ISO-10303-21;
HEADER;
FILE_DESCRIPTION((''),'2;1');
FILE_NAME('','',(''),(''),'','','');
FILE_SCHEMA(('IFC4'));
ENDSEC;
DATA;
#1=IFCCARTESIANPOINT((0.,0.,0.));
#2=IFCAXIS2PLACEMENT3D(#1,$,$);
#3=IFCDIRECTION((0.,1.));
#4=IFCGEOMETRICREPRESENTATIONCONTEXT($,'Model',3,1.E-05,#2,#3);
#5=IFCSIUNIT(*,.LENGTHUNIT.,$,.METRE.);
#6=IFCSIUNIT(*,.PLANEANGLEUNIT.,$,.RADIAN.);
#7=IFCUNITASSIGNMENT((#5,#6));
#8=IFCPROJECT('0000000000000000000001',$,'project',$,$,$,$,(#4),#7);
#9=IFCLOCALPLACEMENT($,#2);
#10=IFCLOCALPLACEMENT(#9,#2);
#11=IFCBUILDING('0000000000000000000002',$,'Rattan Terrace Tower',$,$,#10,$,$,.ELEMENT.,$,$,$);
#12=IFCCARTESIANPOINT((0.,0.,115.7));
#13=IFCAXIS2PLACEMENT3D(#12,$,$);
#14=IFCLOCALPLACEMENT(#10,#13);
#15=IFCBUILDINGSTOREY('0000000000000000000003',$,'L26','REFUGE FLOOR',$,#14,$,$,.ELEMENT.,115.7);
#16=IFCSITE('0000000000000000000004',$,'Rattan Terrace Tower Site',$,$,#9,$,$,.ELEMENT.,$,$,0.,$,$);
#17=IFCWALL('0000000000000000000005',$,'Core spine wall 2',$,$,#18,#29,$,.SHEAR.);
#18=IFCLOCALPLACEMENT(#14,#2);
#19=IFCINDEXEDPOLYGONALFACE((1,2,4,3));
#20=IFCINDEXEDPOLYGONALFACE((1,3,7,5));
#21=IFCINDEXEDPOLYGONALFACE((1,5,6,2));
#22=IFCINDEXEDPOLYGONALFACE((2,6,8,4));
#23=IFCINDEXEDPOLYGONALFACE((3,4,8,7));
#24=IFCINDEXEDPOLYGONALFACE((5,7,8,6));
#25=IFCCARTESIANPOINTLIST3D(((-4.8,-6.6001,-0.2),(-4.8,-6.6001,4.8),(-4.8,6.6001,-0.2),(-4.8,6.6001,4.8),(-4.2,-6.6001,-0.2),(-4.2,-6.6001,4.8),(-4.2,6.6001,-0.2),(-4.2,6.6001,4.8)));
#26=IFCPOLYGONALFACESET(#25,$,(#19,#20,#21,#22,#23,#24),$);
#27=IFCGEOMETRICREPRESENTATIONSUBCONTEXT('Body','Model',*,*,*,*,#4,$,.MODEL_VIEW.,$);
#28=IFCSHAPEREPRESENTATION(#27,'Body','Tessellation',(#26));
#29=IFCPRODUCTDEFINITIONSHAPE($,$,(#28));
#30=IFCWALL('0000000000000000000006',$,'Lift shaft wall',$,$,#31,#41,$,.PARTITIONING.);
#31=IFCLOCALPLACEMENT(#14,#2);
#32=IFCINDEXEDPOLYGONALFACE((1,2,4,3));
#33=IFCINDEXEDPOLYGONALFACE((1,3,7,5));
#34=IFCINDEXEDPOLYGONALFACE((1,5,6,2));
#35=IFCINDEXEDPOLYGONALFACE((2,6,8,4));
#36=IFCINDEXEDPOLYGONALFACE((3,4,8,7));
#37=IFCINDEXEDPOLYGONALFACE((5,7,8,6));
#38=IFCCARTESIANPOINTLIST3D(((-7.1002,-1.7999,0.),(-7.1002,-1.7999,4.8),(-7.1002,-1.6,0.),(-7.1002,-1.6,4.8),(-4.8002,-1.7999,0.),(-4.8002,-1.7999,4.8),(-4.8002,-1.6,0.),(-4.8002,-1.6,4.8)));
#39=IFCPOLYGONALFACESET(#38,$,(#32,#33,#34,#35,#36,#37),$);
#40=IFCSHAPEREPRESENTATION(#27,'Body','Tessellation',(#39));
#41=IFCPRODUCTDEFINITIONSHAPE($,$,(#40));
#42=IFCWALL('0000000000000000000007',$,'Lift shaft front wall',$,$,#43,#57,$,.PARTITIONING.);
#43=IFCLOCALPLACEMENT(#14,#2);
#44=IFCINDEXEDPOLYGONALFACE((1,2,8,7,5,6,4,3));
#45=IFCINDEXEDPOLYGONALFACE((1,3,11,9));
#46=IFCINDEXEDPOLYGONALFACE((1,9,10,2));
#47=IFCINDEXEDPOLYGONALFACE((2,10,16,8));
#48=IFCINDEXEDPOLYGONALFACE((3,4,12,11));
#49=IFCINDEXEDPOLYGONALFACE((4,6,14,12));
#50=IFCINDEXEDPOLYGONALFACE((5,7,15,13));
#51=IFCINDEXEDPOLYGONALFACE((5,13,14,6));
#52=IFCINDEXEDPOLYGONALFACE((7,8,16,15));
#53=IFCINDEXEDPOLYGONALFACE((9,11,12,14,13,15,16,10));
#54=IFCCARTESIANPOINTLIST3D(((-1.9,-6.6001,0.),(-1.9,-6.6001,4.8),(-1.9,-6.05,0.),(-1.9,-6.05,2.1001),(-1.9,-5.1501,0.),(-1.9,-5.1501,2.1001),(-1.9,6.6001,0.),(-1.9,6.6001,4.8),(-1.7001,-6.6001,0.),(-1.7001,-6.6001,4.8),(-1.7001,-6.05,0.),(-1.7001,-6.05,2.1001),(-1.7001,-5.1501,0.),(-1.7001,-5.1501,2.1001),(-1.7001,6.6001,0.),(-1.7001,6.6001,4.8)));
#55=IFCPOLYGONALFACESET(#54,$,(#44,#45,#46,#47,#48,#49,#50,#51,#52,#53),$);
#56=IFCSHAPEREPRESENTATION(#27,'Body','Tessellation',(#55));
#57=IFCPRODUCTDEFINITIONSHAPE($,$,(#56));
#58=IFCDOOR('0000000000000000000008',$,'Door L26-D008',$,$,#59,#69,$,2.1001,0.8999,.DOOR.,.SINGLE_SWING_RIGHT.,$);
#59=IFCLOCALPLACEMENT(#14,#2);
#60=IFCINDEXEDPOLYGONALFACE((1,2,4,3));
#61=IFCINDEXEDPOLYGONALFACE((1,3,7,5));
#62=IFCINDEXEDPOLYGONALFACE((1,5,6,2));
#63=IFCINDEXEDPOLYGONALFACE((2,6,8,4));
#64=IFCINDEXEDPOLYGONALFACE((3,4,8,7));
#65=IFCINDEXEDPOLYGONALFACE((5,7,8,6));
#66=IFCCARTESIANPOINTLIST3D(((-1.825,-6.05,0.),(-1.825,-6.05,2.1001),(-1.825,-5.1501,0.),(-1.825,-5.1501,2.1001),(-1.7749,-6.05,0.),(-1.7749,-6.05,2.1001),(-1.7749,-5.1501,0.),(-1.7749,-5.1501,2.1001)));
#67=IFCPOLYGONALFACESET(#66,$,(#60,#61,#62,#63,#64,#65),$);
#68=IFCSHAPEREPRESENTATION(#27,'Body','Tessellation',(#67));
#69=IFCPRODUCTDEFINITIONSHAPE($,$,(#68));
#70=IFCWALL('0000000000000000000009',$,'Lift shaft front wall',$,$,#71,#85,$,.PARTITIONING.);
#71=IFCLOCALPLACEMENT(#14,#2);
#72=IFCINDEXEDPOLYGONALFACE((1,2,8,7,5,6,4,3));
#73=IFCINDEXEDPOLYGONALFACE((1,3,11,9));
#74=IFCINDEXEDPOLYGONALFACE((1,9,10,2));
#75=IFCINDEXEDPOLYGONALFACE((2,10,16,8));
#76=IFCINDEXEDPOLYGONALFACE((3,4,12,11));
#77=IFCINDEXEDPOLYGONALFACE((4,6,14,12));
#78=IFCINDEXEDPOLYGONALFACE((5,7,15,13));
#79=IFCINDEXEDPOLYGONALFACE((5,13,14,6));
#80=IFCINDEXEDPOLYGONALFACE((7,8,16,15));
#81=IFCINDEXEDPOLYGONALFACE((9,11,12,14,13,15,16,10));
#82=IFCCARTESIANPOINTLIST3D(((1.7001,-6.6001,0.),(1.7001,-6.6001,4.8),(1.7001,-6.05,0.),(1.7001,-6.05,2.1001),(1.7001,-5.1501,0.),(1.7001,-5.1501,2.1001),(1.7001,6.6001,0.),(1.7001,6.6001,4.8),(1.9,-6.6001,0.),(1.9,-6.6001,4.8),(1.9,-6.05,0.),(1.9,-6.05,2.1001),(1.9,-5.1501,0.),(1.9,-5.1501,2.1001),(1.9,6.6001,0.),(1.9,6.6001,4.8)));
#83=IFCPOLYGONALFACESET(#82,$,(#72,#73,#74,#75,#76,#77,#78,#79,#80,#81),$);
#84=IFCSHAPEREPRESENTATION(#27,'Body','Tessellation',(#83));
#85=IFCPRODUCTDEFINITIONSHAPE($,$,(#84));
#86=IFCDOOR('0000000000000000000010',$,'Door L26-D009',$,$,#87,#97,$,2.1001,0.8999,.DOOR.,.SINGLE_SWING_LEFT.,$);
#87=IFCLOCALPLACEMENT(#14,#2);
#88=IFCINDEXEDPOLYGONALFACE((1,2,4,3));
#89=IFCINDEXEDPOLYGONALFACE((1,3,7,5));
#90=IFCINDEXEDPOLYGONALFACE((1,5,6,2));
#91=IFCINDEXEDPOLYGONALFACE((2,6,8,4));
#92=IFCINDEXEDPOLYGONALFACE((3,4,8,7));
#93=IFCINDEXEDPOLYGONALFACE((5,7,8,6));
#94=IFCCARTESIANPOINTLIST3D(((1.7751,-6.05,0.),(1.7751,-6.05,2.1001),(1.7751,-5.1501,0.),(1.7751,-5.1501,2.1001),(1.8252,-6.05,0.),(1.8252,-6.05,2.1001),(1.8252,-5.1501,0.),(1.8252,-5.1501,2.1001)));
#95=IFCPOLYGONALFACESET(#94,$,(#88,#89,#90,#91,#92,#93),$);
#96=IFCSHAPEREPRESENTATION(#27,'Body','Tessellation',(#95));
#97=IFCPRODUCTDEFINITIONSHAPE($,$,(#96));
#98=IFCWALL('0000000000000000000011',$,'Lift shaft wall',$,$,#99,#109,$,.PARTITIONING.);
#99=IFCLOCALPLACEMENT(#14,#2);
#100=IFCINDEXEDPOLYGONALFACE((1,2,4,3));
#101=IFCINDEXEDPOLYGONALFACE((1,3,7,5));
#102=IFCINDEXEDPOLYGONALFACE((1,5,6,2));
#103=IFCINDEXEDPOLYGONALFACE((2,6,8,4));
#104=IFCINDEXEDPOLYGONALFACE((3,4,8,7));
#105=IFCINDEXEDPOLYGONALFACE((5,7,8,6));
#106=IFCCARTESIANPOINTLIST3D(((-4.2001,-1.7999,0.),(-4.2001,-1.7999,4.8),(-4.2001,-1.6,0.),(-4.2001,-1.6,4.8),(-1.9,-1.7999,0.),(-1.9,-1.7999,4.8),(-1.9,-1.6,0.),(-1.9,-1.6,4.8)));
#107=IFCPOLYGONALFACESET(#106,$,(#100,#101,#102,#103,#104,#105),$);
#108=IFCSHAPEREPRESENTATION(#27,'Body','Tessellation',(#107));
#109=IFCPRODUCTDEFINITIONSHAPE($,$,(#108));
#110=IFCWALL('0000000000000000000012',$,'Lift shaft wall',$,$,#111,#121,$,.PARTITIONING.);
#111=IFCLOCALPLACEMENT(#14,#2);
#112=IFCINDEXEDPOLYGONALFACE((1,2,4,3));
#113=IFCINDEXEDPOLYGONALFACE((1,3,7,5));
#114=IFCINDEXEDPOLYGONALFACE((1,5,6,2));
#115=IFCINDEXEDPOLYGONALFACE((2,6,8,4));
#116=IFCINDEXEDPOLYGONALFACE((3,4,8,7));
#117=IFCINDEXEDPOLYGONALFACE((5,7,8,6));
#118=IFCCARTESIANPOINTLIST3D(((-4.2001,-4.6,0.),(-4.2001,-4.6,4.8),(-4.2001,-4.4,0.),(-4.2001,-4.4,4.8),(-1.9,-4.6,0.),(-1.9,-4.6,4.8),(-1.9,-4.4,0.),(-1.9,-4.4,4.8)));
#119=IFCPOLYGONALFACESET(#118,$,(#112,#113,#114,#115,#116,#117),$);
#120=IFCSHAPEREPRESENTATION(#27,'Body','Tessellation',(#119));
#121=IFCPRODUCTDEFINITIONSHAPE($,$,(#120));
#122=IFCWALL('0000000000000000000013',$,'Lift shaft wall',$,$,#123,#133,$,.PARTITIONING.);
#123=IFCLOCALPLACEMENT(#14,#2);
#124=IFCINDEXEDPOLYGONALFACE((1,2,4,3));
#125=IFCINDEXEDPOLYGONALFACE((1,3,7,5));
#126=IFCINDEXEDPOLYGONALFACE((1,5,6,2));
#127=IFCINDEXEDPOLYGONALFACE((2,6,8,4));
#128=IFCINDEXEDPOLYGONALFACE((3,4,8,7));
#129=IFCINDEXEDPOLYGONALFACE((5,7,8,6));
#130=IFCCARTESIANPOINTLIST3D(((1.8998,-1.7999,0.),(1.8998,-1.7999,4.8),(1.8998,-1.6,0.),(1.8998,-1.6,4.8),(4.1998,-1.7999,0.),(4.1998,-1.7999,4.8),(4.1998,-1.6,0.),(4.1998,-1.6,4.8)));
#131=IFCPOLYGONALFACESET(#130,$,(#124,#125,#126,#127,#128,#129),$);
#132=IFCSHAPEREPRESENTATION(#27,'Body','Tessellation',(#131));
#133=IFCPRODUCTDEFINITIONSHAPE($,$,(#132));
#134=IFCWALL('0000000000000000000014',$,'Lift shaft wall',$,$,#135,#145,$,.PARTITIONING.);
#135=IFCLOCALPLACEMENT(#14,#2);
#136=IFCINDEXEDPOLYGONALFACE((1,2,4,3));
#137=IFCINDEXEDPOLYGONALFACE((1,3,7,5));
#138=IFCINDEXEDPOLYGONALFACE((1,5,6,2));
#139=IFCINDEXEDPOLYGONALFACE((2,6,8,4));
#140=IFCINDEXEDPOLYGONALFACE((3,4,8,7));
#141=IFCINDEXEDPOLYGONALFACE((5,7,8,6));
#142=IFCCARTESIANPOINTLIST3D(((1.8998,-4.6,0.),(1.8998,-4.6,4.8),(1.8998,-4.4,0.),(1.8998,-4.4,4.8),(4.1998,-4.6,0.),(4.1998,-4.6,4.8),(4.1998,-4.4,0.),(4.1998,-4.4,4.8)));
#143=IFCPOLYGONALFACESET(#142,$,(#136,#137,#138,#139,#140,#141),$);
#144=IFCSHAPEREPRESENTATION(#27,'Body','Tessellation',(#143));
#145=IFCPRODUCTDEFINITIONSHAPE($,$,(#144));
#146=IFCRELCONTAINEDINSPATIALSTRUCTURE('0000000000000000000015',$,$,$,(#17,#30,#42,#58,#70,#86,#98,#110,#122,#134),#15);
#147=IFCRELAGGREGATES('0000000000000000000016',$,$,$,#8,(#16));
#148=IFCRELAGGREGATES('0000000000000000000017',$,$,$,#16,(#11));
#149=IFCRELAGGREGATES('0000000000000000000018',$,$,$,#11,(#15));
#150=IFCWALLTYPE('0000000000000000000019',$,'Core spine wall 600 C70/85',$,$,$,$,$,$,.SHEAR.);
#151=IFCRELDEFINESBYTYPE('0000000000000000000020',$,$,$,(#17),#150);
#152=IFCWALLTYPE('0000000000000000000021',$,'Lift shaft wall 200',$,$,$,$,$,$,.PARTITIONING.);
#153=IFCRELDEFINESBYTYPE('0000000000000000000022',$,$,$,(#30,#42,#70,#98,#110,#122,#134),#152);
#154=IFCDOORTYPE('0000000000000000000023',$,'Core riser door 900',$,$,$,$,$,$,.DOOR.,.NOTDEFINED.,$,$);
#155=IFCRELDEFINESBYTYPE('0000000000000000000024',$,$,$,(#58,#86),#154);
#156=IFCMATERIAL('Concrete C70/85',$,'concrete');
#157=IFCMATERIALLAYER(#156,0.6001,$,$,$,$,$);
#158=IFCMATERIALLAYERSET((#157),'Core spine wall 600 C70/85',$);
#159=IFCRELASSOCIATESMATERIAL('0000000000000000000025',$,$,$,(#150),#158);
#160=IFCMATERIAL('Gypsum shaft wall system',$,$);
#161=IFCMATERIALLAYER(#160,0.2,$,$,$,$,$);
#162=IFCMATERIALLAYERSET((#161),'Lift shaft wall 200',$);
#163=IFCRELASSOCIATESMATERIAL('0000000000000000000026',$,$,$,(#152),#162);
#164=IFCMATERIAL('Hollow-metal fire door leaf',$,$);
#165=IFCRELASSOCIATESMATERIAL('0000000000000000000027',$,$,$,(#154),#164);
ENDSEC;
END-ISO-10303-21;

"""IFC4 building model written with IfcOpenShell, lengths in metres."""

from ifc_helpers import new_model, si_unit, direction, frame, frame_2d, origin, place, context, subcontext, project, spatial, rectangle, extrude, material, layer, layer_set, type_object, element, fill, save


model = new_model("IFC4")

# Units and contexts
model_context = context("Model", 3, precision=1e-05, world=origin(), true_north=direction((0.0, 1.0)))
body_context = subcontext(model_context, "Body", "Model", "MODEL_VIEW")
ifc_project = project(units=[si_unit("LENGTHUNIT", "METRE"), si_unit("PLANEANGLEUNIT", "RADIAN")], contexts=[model_context])

# Site, building, storey
site_placement = place(None, origin())
site = spatial("IfcSite", under=ifc_project, at=site_placement, Name="Rattan Terrace Tower Site", CompositionType="ELEMENT", RefElevation=0.0)
building_placement = place(site_placement, origin())
building = spatial("IfcBuilding", under=site, at=building_placement, Name="Rattan Terrace Tower", CompositionType="ELEMENT")
storey_placement = place(building_placement, frame((0.0, 0.0, 115.7)))
storey = spatial("IfcBuildingStorey", under=building, at=storey_placement, Name="L26", Description="REFUGE FLOOR", CompositionType="ELEMENT", Elevation=115.7)

# Walls
ifc_material_1 = material(Name="Concrete C70/85", Category="concrete")
ifc_layer_1 = layer(ifc_material_1, 0.6001)
ifc_layer_set_1 = layer_set([ifc_layer_1], Name="Core spine wall 600 C70/85")
wall_type_1 = type_object("IfcWallType", Name="Core spine wall 600 C70/85", PredefinedType="SHEAR", material=ifc_layer_set_1)
wall_1_placement = place(storey_placement, frame((-4.5, -6.6001, -0.2), z_axis=(0.0, 0.0, 1.0), x_axis=(0.0, 1.0, 0.0)))
element("IfcWall", 1, at=wall_1_placement, inside=storey, type_object=wall_type_1, Name="Core spine wall 2", PredefinedType="SHEAR", context=body_context, shape_type="SweptSolid", body=[
    extrude(rectangle(XDim=13.2002, YDim=0.6001, at=frame_2d((6.6001, 0.0))), origin(), (0.0, 0.0, 1.0), 5.0),
])
ifc_material_2 = material(Name="Gypsum shaft wall system")
ifc_layer_2 = layer(ifc_material_2, 0.2)
ifc_layer_set_2 = layer_set([ifc_layer_2], Name="Lift shaft wall 200")
wall_type_2 = type_object("IfcWallType", Name="Lift shaft wall 200", PredefinedType="PARTITIONING", material=ifc_layer_set_2)
wall_2_placement = place(storey_placement, frame((-7.1001, -1.7, 0.0), z_axis=(0.0, 0.0, 1.0), x_axis=(1.0, 0.0, 0.0)))
element("IfcWall", 2, at=wall_2_placement, inside=storey, type_object=wall_type_2, Name="Lift shaft wall", PredefinedType="PARTITIONING", context=body_context, shape_type="SweptSolid", body=[
    extrude(rectangle(XDim=2.3, YDim=0.2, at=frame_2d((1.1499, 0.0))), origin(), (0.0, 0.0, 1.0), 4.8),
])

# Walls, openings, doors
wall_3_placement = place(storey_placement, frame((-1.8, -6.6001, 0.0), z_axis=(0.0, 0.0, 1.0), x_axis=(0.0, 1.0, 0.0)))
wall_3 = element("IfcWall", 3, at=wall_3_placement, inside=storey, type_object=wall_type_2, Name="Lift shaft front wall", PredefinedType="PARTITIONING", context=body_context, shape_type="SweptSolid", body=[
    extrude(rectangle(XDim=13.2002, YDim=0.2, at=frame_2d((6.6001, 0.0))), origin(), (0.0, 0.0, 1.0), 4.8),
])
opening_1_placement = place(wall_3_placement, frame((0.55, 0.0, 0.0)))
opening_1 = element("IfcOpeningElement", 4, at=opening_1_placement, cuts=wall_3, PredefinedType="OPENING", context=body_context, shape_type="SweptSolid", body=[
    extrude(rectangle(XDim=0.8999, YDim=2.1001, at=frame_2d((0.45, 1.05))), frame((0.0, 0.1106, 0.0), z_axis=(0.0, -1.0, 0.0), x_axis=(1.0, 0.0, 0.0)), (0.0, 0.0, 1.0), 0.2209),
])
ifc_material_3 = material(Name="Hollow-metal fire door leaf")
door_type = type_object("IfcDoorType", Name="Core riser door 900", OperationType="NOTDEFINED", PredefinedType="DOOR", material=ifc_material_3)
door_1_placement = place(opening_1_placement, origin())
door_1 = element("IfcDoor", 5, at=door_1_placement, inside=storey, type_object=door_type, Name="Door L26-D008", OperationType="SINGLE_SWING_RIGHT", OverallHeight=2.1001, OverallWidth=0.8999, PredefinedType="DOOR", context=body_context, shape_type="SweptSolid", body=[
    extrude(rectangle(XDim=0.8999, YDim=2.1001, at=frame_2d((0.45, 1.05))), frame((0.0, 0.0249, 0.0), z_axis=(0.0, -1.0, 0.0), x_axis=(1.0, 0.0, 0.0)), (0.0, 0.0, 1.0), 0.05),
])
fill(opening_1, door_1)
wall_4_placement = place(storey_placement, frame((1.8, -6.6001, 0.0), z_axis=(0.0, 0.0, 1.0), x_axis=(0.0, 1.0, 0.0)))
wall_4 = element("IfcWall", 6, at=wall_4_placement, inside=storey, type_object=wall_type_2, Name="Lift shaft front wall", PredefinedType="PARTITIONING", context=body_context, shape_type="SweptSolid", body=[
    extrude(rectangle(XDim=13.2002, YDim=0.2, at=frame_2d((6.6001, 0.0))), origin(), (0.0, 0.0, 1.0), 4.8),
])
opening_2_placement = place(wall_4_placement, frame((0.55, 0.0, 0.0)))
opening_2 = element("IfcOpeningElement", 7, at=opening_2_placement, cuts=wall_4, PredefinedType="OPENING", context=body_context, shape_type="SweptSolid", body=[
    extrude(rectangle(XDim=0.8999, YDim=2.1001, at=frame_2d((0.45, 1.05))), frame((0.0, 0.1106, 0.0), z_axis=(0.0, -1.0, 0.0), x_axis=(1.0, 0.0, 0.0)), (0.0, 0.0, 1.0), 0.2209),
])
door_2_placement = place(opening_2_placement, origin())
door_2 = element("IfcDoor", 8, at=door_2_placement, inside=storey, type_object=door_type, Name="Door L26-D009", OperationType="SINGLE_SWING_LEFT", OverallHeight=2.1001, OverallWidth=0.8999, PredefinedType="DOOR", context=body_context, shape_type="SweptSolid", body=[
    extrude(rectangle(XDim=0.8999, YDim=2.1001, at=frame_2d((0.45, 1.05))), frame((0.0, 0.0249, 0.0), z_axis=(0.0, -1.0, 0.0), x_axis=(1.0, 0.0, 0.0)), (0.0, 0.0, 1.0), 0.05),
])
fill(opening_2, door_2)

# Walls
for number, where, z_axis, x_axis, name in (
    (9, (-4.2, -1.7, 0.0), (0.0, 0.0, 1.0), (1.0, 0.0, 0.0), "Lift shaft wall"),
    (10, (-4.2, -4.5, 0.0), (0.0, 0.0, 1.0), (1.0, 0.0, 0.0), "Lift shaft wall"),
    (11, (1.8999, -1.7, 0.0), (0.0, 0.0, 1.0), (1.0, 0.0, 0.0), "Lift shaft wall"),
    (12, (1.8999, -4.5, 0.0), (0.0, 0.0, 1.0), (1.0, 0.0, 0.0), "Lift shaft wall"),
):
    element("IfcWall", number, at=place(storey_placement, frame(where, z_axis=z_axis, x_axis=x_axis)), inside=storey, type_object=wall_type_2, Name=name, PredefinedType="PARTITIONING", context=body_context, shape_type="SweptSolid", body=[
        extrude(rectangle(XDim=2.3, YDim=0.2, at=frame_2d((1.1499, 0.0))), origin(), (0.0, 0.0, 1.0), 4.8),
    ])

save(model, "model.ifc")
